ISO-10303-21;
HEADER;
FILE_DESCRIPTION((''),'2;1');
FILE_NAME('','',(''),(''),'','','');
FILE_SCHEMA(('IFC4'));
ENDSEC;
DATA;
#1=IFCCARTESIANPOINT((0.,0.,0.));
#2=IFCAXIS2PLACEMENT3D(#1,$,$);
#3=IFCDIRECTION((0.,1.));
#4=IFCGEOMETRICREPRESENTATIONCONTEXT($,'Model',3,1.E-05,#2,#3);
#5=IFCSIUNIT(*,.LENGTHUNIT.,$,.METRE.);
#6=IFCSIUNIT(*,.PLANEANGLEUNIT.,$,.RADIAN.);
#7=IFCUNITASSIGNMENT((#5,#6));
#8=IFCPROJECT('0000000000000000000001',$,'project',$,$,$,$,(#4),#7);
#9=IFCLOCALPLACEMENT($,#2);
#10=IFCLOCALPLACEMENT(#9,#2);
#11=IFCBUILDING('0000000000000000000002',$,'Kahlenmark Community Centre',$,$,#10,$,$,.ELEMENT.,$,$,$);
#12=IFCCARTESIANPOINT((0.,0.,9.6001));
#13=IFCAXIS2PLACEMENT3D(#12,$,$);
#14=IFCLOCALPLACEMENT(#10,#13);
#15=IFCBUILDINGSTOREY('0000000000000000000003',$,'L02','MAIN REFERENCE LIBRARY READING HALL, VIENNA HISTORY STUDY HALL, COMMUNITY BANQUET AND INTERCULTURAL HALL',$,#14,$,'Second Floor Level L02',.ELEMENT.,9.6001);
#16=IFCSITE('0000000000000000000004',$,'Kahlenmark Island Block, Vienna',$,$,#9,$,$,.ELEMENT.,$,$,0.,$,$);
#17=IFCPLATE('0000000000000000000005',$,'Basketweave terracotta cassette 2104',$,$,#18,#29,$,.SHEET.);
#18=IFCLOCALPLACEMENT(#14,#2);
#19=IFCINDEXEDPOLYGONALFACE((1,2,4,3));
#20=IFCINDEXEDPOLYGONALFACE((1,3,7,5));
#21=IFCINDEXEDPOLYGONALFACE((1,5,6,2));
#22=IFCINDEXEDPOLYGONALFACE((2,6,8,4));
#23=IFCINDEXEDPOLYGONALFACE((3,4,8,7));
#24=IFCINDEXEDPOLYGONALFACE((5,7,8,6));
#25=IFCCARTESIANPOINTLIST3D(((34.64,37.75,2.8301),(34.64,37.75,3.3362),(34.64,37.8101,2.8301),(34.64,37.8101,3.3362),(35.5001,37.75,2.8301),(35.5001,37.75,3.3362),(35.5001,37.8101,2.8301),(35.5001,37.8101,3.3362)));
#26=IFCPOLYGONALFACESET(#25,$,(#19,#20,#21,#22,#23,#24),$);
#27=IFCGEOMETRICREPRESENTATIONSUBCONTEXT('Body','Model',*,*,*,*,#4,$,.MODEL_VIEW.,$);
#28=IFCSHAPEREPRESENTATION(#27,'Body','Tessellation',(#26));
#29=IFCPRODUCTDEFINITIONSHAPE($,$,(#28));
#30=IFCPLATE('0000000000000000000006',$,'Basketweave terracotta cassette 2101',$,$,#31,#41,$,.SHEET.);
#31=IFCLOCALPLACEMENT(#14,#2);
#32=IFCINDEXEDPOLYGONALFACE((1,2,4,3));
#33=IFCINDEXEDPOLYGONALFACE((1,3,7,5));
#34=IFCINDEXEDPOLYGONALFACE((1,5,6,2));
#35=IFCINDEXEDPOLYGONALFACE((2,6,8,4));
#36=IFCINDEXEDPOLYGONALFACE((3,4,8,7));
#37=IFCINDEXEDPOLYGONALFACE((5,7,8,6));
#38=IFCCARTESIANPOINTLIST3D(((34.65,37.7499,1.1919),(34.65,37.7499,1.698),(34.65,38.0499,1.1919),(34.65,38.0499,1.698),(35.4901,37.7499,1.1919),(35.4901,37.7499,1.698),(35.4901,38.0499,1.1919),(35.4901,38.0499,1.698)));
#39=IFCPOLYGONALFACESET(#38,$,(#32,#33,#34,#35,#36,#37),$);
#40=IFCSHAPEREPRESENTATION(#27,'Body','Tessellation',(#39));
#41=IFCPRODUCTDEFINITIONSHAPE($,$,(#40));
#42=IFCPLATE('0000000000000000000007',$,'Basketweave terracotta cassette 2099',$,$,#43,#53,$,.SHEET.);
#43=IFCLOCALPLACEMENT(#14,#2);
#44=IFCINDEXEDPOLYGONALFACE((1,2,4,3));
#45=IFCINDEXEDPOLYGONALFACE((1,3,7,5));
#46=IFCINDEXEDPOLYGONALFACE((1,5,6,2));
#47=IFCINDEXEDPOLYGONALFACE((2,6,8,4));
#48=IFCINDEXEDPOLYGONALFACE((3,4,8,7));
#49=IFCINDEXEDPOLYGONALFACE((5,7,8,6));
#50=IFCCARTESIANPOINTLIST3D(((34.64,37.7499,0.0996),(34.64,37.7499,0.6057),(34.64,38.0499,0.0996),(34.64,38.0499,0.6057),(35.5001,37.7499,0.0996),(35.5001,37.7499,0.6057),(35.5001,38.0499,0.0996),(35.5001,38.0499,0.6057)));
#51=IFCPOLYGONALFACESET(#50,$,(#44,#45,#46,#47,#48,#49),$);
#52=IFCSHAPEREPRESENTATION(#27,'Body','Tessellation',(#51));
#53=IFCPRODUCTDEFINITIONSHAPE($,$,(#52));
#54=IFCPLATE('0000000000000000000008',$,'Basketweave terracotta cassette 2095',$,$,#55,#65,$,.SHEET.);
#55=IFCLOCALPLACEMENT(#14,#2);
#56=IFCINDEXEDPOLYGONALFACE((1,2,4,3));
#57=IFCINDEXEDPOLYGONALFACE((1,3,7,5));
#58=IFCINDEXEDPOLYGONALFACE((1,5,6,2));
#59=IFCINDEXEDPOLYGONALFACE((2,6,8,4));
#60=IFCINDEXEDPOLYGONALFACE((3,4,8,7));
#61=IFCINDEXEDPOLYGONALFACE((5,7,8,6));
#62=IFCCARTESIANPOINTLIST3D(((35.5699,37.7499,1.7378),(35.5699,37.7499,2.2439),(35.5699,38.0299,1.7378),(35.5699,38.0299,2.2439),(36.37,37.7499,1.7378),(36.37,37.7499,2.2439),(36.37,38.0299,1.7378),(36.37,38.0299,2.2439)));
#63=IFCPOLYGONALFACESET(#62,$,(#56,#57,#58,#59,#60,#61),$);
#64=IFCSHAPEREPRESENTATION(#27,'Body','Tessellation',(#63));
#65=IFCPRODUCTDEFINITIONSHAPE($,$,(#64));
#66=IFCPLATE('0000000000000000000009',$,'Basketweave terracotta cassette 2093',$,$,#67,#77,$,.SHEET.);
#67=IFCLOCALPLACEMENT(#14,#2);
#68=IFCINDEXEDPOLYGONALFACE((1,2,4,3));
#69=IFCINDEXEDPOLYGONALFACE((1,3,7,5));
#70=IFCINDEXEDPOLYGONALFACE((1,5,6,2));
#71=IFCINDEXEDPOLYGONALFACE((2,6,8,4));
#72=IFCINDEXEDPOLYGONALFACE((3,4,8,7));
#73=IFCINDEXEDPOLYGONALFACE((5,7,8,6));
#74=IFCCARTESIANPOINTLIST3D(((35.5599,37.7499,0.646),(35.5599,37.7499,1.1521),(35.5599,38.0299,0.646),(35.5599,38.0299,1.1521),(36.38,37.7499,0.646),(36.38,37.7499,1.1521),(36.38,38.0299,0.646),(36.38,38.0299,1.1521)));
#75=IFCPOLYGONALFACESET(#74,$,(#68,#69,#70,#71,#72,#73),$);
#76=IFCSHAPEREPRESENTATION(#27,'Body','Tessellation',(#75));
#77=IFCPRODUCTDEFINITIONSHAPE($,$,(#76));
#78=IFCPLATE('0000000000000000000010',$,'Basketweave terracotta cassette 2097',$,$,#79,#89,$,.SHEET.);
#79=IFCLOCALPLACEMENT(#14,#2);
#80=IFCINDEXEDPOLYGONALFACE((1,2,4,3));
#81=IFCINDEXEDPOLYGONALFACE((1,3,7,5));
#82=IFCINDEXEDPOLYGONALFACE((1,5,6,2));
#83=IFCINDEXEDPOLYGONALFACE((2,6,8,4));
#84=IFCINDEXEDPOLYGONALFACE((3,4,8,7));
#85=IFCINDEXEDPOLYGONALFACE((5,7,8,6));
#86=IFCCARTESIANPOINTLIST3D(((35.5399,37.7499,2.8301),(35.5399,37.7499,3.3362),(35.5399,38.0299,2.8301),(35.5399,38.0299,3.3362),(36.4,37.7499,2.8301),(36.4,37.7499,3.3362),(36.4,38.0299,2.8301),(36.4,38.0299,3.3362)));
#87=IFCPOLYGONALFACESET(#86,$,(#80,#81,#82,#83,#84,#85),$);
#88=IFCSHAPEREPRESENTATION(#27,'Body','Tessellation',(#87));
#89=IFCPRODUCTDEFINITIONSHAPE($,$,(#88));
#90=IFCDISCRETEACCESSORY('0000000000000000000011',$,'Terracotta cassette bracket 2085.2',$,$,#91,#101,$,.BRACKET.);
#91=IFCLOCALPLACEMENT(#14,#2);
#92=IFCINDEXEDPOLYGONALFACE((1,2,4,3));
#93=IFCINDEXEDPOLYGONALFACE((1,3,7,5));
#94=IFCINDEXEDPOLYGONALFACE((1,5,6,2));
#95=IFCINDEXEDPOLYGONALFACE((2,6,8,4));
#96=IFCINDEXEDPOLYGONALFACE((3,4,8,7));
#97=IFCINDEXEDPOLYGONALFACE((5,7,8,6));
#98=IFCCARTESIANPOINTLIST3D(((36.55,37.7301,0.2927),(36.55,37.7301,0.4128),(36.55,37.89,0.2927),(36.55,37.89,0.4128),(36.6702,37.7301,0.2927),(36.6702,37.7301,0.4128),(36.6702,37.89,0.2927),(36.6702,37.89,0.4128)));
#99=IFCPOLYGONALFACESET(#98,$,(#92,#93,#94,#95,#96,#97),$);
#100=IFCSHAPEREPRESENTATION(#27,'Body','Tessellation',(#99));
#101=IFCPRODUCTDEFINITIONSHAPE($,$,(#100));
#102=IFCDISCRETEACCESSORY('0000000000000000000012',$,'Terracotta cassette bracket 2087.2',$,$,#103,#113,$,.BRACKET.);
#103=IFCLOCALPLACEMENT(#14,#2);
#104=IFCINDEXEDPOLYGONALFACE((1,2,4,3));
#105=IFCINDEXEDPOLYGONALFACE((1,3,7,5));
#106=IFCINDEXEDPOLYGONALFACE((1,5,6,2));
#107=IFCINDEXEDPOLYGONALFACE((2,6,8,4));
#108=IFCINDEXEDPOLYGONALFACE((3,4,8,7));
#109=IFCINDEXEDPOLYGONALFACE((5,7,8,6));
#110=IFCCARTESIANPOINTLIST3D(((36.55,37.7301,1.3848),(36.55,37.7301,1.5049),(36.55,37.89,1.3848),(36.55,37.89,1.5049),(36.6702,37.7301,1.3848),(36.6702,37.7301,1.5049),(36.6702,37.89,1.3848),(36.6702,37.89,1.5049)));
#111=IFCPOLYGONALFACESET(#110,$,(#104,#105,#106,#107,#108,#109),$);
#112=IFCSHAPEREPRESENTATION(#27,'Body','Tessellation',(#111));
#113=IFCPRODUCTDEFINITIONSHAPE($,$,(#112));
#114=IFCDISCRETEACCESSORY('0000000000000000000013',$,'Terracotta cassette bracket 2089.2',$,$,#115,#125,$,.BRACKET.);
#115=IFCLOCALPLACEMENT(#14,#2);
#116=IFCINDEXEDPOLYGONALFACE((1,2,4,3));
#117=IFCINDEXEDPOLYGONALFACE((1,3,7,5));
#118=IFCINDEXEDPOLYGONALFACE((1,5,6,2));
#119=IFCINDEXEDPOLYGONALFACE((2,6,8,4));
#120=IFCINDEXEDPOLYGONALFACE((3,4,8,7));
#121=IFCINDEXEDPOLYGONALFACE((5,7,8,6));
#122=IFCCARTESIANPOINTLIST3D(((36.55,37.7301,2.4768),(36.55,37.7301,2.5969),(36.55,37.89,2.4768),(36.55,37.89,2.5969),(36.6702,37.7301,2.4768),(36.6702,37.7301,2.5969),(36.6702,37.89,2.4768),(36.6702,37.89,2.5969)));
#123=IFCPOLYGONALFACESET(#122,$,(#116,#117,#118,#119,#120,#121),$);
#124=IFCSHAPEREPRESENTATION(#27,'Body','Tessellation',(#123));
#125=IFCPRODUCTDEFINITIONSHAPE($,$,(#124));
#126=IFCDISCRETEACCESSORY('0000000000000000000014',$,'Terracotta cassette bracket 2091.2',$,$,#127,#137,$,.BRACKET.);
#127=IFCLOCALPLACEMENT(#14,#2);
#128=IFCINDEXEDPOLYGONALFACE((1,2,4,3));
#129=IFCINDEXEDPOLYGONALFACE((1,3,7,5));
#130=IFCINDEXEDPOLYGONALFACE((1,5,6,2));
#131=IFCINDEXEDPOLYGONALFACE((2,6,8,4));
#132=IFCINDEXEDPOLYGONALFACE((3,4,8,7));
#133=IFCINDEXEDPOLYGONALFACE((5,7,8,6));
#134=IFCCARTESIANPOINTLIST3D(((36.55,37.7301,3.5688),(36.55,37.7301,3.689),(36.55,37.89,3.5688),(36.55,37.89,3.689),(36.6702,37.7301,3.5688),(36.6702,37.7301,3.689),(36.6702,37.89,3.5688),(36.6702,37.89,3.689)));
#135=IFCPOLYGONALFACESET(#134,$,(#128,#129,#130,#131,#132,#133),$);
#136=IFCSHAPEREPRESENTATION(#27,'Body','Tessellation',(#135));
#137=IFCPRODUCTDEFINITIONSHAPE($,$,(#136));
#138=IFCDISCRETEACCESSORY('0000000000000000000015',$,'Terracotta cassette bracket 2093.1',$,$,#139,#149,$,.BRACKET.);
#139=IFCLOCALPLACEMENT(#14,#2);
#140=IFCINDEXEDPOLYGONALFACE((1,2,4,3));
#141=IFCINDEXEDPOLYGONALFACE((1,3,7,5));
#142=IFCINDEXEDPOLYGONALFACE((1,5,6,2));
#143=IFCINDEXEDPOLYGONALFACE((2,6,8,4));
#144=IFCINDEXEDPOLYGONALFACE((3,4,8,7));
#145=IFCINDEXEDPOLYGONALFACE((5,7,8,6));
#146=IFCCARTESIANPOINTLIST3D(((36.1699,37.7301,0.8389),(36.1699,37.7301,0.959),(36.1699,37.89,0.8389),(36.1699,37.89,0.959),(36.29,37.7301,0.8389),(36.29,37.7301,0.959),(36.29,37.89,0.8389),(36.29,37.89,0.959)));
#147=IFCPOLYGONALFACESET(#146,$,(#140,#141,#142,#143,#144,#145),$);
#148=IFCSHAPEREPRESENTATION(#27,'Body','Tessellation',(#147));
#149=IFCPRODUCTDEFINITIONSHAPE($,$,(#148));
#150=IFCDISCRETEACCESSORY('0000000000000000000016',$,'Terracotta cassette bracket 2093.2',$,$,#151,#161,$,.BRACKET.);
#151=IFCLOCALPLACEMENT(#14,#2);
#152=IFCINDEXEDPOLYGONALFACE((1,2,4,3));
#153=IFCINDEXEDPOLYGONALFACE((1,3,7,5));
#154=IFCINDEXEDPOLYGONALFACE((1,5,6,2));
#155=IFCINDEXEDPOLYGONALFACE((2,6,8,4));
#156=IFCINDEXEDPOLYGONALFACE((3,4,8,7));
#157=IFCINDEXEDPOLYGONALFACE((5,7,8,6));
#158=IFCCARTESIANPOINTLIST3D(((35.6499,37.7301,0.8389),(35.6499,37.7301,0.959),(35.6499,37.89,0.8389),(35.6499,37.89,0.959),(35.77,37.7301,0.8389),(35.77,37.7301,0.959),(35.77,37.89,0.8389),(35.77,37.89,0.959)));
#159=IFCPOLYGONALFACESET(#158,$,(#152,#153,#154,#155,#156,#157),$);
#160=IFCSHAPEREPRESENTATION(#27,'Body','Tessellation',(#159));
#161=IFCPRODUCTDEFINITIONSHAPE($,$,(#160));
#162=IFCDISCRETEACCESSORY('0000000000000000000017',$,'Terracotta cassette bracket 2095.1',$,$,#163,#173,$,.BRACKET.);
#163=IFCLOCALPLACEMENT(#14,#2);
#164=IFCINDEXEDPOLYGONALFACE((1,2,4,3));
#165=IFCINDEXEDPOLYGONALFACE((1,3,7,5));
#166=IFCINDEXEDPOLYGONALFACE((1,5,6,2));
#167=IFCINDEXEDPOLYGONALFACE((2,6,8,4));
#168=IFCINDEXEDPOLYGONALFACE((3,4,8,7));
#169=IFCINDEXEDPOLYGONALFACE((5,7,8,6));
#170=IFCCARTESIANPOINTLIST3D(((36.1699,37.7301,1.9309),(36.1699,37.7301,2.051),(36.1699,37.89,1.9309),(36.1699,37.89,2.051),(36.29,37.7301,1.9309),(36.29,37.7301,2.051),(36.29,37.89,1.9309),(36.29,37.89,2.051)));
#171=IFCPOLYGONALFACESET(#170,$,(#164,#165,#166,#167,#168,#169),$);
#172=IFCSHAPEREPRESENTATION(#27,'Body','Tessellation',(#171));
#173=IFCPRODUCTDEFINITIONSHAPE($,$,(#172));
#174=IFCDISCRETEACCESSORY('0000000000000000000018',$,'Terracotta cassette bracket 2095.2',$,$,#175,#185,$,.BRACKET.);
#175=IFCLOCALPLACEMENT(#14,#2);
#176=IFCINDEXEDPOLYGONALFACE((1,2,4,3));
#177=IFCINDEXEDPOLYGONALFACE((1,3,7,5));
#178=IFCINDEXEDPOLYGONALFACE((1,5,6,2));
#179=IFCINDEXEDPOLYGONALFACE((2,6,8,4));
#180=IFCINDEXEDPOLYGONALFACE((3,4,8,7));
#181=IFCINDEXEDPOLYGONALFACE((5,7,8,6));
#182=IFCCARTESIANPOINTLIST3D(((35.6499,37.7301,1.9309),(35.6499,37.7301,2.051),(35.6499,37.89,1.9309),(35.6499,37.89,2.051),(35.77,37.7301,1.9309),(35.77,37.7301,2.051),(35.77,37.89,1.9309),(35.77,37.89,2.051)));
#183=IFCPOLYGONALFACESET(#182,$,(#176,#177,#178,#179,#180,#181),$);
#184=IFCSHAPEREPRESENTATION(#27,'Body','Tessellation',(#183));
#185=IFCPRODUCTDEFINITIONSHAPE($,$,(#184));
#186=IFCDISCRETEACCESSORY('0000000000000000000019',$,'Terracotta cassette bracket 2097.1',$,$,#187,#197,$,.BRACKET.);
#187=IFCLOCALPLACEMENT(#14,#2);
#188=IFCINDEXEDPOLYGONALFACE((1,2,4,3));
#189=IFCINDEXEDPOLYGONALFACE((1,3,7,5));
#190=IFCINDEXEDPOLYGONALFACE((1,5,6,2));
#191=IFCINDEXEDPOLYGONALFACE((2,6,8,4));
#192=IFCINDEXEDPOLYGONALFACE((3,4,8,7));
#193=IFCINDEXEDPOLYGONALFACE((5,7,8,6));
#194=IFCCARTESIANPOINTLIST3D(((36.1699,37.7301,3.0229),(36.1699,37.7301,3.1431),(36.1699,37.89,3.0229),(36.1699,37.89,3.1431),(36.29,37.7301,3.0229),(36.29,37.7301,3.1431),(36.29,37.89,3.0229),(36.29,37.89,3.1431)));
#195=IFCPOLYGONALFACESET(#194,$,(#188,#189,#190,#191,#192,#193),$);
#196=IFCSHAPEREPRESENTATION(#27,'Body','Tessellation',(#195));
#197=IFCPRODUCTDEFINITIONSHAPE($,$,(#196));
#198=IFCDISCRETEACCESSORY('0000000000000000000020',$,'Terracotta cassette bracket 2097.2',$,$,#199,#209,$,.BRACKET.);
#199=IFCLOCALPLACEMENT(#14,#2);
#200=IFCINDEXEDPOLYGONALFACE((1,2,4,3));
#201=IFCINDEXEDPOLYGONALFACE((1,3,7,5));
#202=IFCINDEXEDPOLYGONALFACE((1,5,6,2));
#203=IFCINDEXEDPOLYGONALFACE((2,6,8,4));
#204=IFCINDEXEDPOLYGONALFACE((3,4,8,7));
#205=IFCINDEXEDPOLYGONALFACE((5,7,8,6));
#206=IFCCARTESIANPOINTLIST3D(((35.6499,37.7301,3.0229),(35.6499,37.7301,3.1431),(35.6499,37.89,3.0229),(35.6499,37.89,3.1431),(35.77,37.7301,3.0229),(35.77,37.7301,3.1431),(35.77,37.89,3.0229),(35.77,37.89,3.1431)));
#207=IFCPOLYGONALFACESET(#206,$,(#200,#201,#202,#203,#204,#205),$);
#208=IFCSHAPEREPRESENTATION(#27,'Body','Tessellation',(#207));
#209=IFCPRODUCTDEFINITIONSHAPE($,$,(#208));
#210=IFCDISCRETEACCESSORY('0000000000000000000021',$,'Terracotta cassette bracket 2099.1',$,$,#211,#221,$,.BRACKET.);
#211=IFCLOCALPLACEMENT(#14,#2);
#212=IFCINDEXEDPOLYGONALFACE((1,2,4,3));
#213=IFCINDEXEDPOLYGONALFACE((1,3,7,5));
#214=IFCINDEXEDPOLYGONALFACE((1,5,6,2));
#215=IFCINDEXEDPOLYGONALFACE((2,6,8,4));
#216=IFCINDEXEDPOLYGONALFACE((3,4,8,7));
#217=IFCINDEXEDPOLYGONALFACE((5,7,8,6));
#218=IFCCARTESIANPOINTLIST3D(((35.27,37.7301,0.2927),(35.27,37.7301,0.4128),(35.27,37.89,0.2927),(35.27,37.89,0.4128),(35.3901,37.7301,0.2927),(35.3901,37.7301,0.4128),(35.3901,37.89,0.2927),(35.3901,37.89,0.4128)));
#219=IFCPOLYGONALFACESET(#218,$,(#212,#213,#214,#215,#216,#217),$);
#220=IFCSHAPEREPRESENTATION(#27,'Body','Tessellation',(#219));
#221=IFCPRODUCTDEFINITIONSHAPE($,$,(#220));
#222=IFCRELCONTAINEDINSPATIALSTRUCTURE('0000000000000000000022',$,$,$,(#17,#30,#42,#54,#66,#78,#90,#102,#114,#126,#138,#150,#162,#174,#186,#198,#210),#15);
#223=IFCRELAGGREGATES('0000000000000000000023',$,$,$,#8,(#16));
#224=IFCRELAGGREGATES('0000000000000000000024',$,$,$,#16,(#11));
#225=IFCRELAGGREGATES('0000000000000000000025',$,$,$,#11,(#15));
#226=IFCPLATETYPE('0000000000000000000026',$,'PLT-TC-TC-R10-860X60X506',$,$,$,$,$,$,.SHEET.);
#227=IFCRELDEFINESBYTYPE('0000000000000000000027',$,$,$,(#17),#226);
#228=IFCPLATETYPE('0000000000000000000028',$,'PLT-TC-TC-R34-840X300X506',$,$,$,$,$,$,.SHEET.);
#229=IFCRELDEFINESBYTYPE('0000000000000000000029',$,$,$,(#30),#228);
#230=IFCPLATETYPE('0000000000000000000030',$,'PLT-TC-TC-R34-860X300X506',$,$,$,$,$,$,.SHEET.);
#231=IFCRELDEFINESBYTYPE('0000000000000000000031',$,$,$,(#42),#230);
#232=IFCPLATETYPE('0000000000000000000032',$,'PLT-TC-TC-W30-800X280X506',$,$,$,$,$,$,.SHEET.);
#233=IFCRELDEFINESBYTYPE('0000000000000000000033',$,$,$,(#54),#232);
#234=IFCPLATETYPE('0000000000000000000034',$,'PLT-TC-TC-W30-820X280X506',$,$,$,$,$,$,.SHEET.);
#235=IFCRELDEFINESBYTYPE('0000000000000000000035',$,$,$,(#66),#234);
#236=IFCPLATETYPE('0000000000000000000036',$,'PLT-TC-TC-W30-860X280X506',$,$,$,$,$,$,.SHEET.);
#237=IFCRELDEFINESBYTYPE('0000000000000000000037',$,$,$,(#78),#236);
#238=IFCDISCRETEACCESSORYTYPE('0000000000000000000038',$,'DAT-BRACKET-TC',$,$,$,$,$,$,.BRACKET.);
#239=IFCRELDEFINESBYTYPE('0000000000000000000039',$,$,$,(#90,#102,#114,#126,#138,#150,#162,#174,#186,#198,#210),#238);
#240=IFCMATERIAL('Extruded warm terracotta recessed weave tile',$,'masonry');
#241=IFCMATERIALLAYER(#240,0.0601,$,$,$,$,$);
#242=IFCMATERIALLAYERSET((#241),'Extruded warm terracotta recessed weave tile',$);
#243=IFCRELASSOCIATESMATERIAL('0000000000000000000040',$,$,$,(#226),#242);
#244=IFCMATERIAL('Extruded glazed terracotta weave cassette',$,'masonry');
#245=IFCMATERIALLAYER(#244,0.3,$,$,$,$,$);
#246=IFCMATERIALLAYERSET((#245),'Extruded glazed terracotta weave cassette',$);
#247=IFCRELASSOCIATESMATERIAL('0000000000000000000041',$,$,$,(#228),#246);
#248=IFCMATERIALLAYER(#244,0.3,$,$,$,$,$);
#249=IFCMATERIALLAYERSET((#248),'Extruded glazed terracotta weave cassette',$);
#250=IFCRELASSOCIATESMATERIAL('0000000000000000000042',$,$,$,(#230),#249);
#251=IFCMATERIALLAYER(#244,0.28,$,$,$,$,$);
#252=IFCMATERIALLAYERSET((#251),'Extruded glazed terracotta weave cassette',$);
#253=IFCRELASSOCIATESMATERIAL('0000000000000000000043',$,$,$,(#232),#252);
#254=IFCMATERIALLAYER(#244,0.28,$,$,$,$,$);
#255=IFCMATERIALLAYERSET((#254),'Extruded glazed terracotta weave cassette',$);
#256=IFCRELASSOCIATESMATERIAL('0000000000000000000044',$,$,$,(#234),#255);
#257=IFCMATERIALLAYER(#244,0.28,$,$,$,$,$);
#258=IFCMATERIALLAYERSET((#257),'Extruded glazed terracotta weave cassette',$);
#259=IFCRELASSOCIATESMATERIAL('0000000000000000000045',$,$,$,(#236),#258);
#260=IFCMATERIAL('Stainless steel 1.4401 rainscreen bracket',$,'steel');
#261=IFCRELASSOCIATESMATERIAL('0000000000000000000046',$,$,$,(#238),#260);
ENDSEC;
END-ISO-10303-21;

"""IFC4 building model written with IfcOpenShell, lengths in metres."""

from ifc_helpers import new_model, si_unit, direction, frame, origin, origin_2d, place, context, subcontext, project, spatial, rectangle, extrude, material, layer, layer_set, type_object, element, save


model = new_model("IFC4")

# Units and contexts
model_context = context("Model", 3, precision=1e-05, world=origin(), true_north=direction((0.0, 1.0)))
body_context = subcontext(model_context, "Body", "Model", "MODEL_VIEW")
ifc_project = project(units=[si_unit("LENGTHUNIT", "METRE"), si_unit("PLANEANGLEUNIT", "RADIAN")], contexts=[model_context])

# Site, building, storey
site_placement = place(None, origin())
site = spatial("IfcSite", under=ifc_project, at=site_placement, Name="Kahlenmark Island Block, Vienna", CompositionType="ELEMENT", RefElevation=0.0)
building_placement = place(site_placement, origin())
building = spatial("IfcBuilding", under=site, at=building_placement, Name="Kahlenmark Community Centre", CompositionType="ELEMENT")
storey_placement = place(building_placement, frame((0.0, 0.0, 9.6001)))
storey = spatial("IfcBuildingStorey", under=building, at=storey_placement, Name="L02", Description="MAIN REFERENCE LIBRARY READING HALL, VIENNA HISTORY STUDY HALL, COMMUNITY BANQUET AND INTERCULTURAL HALL", LongName="Second Floor Level L02", CompositionType="ELEMENT", Elevation=9.6001)

# Plates
ifc_material_1 = material(Name="Extruded warm terracotta recessed weave tile", Category="masonry")
ifc_layer_1 = layer(ifc_material_1, 0.0601)
ifc_layer_set_1 = layer_set([ifc_layer_1], Name="Extruded warm terracotta recessed weave tile")
plate_type_1 = type_object("IfcPlateType", Name="PLT-TC-TC-R10-860X60X506", PredefinedType="SHEET", material=ifc_layer_set_1)
for number, where, z_axis, x_axis, name in (
    (1, (35.0701, 37.78, 2.8301), (0.0, 0.0, 1.0), (-1.0, 0.0, 0.0), "Basketweave terracotta cassette 2104"),
):
    element("IfcPlate", number, at=place(storey_placement, frame(where, z_axis=z_axis, x_axis=x_axis)), inside=storey, type_object=plate_type_1, Name=name, PredefinedType="SHEET", context=body_context, shape_type="SweptSolid", body=[
        extrude(rectangle(XDim=0.8601, YDim=0.0601, at=origin_2d()), origin(), (0.0, 0.0, 1.0), 0.5061),
    ])
ifc_material_2 = material(Name="Extruded glazed terracotta weave cassette", Category="masonry")
ifc_layer_2 = layer(ifc_material_2, 0.3)
ifc_layer_set_2 = layer_set([ifc_layer_2], Name="Extruded glazed terracotta weave cassette")
plate_type_2 = type_object("IfcPlateType", Name="PLT-TC-TC-R34-840X300X506", PredefinedType="SHEET", material=ifc_layer_set_2)
plate_1_placement = place(storey_placement, frame((35.0701, 37.8999, 1.1919), z_axis=(0.0, 0.0, 1.0), x_axis=(-1.0, 0.0, 0.0)))
element("IfcPlate", 2, at=plate_1_placement, inside=storey, type_object=plate_type_2, Name="Basketweave terracotta cassette 2101", PredefinedType="SHEET", context=body_context, shape_type="SweptSolid", body=[
    extrude(rectangle(XDim=0.8401, YDim=0.3, at=origin_2d()), origin(), (0.0, 0.0, 1.0), 0.5061),
])
ifc_layer_3 = layer(ifc_material_2, 0.3)
ifc_layer_set_3 = layer_set([ifc_layer_3], Name="Extruded glazed terracotta weave cassette")
plate_type_3 = type_object("IfcPlateType", Name="PLT-TC-TC-R34-860X300X506", PredefinedType="SHEET", material=ifc_layer_set_3)
plate_2_placement = place(storey_placement, frame((35.0701, 37.8999, 0.0996), z_axis=(0.0, 0.0, 1.0), x_axis=(-1.0, 0.0, 0.0)))
element("IfcPlate", 3, at=plate_2_placement, inside=storey, type_object=plate_type_3, Name="Basketweave terracotta cassette 2099", PredefinedType="SHEET", context=body_context, shape_type="SweptSolid", body=[
    extrude(rectangle(XDim=0.8601, YDim=0.3, at=origin_2d()), origin(), (0.0, 0.0, 1.0), 0.5061),
])
ifc_layer_4 = layer(ifc_material_2, 0.28)
ifc_layer_set_4 = layer_set([ifc_layer_4], Name="Extruded glazed terracotta weave cassette")
plate_type_4 = type_object("IfcPlateType", Name="PLT-TC-TC-W30-800X280X506", PredefinedType="SHEET", material=ifc_layer_set_4)
plate_3_placement = place(storey_placement, frame((35.97, 37.8899, 1.7378), z_axis=(0.0, 0.0, 1.0), x_axis=(-1.0, 0.0, 0.0)))
element("IfcPlate", 4, at=plate_3_placement, inside=storey, type_object=plate_type_4, Name="Basketweave terracotta cassette 2095", PredefinedType="SHEET", context=body_context, shape_type="SweptSolid", body=[
    extrude(rectangle(XDim=0.8, YDim=0.28, at=origin_2d()), origin(), (0.0, 0.0, 1.0), 0.5061),
])
ifc_layer_5 = layer(ifc_material_2, 0.28)
ifc_layer_set_5 = layer_set([ifc_layer_5], Name="Extruded glazed terracotta weave cassette")
plate_type_5 = type_object("IfcPlateType", Name="PLT-TC-TC-W30-820X280X506", PredefinedType="SHEET", material=ifc_layer_set_5)
plate_4_placement = place(storey_placement, frame((35.97, 37.8899, 0.646), z_axis=(0.0, 0.0, 1.0), x_axis=(-1.0, 0.0, 0.0)))
element("IfcPlate", 5, at=plate_4_placement, inside=storey, type_object=plate_type_5, Name="Basketweave terracotta cassette 2093", PredefinedType="SHEET", context=body_context, shape_type="SweptSolid", body=[
    extrude(rectangle(XDim=0.8201, YDim=0.28, at=origin_2d()), origin(), (0.0, 0.0, 1.0), 0.5061),
])
ifc_layer_6 = layer(ifc_material_2, 0.28)
ifc_layer_set_6 = layer_set([ifc_layer_6], Name="Extruded glazed terracotta weave cassette")
plate_type_6 = type_object("IfcPlateType", Name="PLT-TC-TC-W30-860X280X506", PredefinedType="SHEET", material=ifc_layer_set_6)
plate_5_placement = place(storey_placement, frame((35.97, 37.8899, 2.8301), z_axis=(0.0, 0.0, 1.0), x_axis=(-1.0, 0.0, 0.0)))
element("IfcPlate", 6, at=plate_5_placement, inside=storey, type_object=plate_type_6, Name="Basketweave terracotta cassette 2097", PredefinedType="SHEET", context=body_context, shape_type="SweptSolid", body=[
    extrude(rectangle(XDim=0.8601, YDim=0.28, at=origin_2d()), origin(), (0.0, 0.0, 1.0), 0.5061),
])

# Discrete accessories
ifc_material_3 = material(Name="Stainless steel 1.4401 rainscreen bracket", Category="steel")
discrete_accessory_type = type_object("IfcDiscreteAccessoryType", Name="DAT-BRACKET-TC", PredefinedType="BRACKET", material=ifc_material_3)
for number, where, z_axis, x_axis, name in (
    (7, (36.6101, 37.8101, 0.2927), (0.0, 0.0, 1.0), (-1.0, 0.0, 0.0), "Terracotta cassette bracket 2085.2"),
    (8, (36.6101, 37.8101, 1.3848), (0.0, 0.0, 1.0), (-1.0, 0.0, 0.0), "Terracotta cassette bracket 2087.2"),
    (9, (36.6101, 37.8101, 2.4768), (0.0, 0.0, 1.0), (-1.0, 0.0, 0.0), "Terracotta cassette bracket 2089.2"),
    (10, (36.6101, 37.8101, 3.5688), (0.0, 0.0, 1.0), (-1.0, 0.0, 0.0), "Terracotta cassette bracket 2091.2"),
    (11, (36.23, 37.8101, 0.8389), (0.0, 0.0, 1.0), (-1.0, 0.0, 0.0), "Terracotta cassette bracket 2093.1"),
    (12, (35.71, 37.8101, 0.8389), (0.0, 0.0, 1.0), (-1.0, 0.0, 0.0), "Terracotta cassette bracket 2093.2"),
    (13, (36.23, 37.8101, 1.9309), (0.0, 0.0, 1.0), (-1.0, 0.0, 0.0), "Terracotta cassette bracket 2095.1"),
    (14, (35.71, 37.8101, 1.9309), (0.0, 0.0, 1.0), (-1.0, 0.0, 0.0), "Terracotta cassette bracket 2095.2"),
    (15, (36.23, 37.8101, 3.0229), (0.0, 0.0, 1.0), (-1.0, 0.0, 0.0), "Terracotta cassette bracket 2097.1"),
    (16, (35.71, 37.8101, 3.0229), (0.0, 0.0, 1.0), (-1.0, 0.0, 0.0), "Terracotta cassette bracket 2097.2"),
    (17, (35.3301, 37.8101, 0.2927), (0.0, 0.0, 1.0), (-1.0, 0.0, 0.0), "Terracotta cassette bracket 2099.1"),
):
    element("IfcDiscreteAccessory", number, at=place(storey_placement, frame(where, z_axis=z_axis, x_axis=x_axis)), inside=storey, type_object=discrete_accessory_type, Name=name, PredefinedType="BRACKET", context=body_context, shape_type="SweptSolid", body=[
        extrude(rectangle(XDim=0.1201, YDim=0.1599, at=origin_2d()), origin(), (0.0, 0.0, 1.0), 0.1201),
    ])

save(model, "model.ifc")
